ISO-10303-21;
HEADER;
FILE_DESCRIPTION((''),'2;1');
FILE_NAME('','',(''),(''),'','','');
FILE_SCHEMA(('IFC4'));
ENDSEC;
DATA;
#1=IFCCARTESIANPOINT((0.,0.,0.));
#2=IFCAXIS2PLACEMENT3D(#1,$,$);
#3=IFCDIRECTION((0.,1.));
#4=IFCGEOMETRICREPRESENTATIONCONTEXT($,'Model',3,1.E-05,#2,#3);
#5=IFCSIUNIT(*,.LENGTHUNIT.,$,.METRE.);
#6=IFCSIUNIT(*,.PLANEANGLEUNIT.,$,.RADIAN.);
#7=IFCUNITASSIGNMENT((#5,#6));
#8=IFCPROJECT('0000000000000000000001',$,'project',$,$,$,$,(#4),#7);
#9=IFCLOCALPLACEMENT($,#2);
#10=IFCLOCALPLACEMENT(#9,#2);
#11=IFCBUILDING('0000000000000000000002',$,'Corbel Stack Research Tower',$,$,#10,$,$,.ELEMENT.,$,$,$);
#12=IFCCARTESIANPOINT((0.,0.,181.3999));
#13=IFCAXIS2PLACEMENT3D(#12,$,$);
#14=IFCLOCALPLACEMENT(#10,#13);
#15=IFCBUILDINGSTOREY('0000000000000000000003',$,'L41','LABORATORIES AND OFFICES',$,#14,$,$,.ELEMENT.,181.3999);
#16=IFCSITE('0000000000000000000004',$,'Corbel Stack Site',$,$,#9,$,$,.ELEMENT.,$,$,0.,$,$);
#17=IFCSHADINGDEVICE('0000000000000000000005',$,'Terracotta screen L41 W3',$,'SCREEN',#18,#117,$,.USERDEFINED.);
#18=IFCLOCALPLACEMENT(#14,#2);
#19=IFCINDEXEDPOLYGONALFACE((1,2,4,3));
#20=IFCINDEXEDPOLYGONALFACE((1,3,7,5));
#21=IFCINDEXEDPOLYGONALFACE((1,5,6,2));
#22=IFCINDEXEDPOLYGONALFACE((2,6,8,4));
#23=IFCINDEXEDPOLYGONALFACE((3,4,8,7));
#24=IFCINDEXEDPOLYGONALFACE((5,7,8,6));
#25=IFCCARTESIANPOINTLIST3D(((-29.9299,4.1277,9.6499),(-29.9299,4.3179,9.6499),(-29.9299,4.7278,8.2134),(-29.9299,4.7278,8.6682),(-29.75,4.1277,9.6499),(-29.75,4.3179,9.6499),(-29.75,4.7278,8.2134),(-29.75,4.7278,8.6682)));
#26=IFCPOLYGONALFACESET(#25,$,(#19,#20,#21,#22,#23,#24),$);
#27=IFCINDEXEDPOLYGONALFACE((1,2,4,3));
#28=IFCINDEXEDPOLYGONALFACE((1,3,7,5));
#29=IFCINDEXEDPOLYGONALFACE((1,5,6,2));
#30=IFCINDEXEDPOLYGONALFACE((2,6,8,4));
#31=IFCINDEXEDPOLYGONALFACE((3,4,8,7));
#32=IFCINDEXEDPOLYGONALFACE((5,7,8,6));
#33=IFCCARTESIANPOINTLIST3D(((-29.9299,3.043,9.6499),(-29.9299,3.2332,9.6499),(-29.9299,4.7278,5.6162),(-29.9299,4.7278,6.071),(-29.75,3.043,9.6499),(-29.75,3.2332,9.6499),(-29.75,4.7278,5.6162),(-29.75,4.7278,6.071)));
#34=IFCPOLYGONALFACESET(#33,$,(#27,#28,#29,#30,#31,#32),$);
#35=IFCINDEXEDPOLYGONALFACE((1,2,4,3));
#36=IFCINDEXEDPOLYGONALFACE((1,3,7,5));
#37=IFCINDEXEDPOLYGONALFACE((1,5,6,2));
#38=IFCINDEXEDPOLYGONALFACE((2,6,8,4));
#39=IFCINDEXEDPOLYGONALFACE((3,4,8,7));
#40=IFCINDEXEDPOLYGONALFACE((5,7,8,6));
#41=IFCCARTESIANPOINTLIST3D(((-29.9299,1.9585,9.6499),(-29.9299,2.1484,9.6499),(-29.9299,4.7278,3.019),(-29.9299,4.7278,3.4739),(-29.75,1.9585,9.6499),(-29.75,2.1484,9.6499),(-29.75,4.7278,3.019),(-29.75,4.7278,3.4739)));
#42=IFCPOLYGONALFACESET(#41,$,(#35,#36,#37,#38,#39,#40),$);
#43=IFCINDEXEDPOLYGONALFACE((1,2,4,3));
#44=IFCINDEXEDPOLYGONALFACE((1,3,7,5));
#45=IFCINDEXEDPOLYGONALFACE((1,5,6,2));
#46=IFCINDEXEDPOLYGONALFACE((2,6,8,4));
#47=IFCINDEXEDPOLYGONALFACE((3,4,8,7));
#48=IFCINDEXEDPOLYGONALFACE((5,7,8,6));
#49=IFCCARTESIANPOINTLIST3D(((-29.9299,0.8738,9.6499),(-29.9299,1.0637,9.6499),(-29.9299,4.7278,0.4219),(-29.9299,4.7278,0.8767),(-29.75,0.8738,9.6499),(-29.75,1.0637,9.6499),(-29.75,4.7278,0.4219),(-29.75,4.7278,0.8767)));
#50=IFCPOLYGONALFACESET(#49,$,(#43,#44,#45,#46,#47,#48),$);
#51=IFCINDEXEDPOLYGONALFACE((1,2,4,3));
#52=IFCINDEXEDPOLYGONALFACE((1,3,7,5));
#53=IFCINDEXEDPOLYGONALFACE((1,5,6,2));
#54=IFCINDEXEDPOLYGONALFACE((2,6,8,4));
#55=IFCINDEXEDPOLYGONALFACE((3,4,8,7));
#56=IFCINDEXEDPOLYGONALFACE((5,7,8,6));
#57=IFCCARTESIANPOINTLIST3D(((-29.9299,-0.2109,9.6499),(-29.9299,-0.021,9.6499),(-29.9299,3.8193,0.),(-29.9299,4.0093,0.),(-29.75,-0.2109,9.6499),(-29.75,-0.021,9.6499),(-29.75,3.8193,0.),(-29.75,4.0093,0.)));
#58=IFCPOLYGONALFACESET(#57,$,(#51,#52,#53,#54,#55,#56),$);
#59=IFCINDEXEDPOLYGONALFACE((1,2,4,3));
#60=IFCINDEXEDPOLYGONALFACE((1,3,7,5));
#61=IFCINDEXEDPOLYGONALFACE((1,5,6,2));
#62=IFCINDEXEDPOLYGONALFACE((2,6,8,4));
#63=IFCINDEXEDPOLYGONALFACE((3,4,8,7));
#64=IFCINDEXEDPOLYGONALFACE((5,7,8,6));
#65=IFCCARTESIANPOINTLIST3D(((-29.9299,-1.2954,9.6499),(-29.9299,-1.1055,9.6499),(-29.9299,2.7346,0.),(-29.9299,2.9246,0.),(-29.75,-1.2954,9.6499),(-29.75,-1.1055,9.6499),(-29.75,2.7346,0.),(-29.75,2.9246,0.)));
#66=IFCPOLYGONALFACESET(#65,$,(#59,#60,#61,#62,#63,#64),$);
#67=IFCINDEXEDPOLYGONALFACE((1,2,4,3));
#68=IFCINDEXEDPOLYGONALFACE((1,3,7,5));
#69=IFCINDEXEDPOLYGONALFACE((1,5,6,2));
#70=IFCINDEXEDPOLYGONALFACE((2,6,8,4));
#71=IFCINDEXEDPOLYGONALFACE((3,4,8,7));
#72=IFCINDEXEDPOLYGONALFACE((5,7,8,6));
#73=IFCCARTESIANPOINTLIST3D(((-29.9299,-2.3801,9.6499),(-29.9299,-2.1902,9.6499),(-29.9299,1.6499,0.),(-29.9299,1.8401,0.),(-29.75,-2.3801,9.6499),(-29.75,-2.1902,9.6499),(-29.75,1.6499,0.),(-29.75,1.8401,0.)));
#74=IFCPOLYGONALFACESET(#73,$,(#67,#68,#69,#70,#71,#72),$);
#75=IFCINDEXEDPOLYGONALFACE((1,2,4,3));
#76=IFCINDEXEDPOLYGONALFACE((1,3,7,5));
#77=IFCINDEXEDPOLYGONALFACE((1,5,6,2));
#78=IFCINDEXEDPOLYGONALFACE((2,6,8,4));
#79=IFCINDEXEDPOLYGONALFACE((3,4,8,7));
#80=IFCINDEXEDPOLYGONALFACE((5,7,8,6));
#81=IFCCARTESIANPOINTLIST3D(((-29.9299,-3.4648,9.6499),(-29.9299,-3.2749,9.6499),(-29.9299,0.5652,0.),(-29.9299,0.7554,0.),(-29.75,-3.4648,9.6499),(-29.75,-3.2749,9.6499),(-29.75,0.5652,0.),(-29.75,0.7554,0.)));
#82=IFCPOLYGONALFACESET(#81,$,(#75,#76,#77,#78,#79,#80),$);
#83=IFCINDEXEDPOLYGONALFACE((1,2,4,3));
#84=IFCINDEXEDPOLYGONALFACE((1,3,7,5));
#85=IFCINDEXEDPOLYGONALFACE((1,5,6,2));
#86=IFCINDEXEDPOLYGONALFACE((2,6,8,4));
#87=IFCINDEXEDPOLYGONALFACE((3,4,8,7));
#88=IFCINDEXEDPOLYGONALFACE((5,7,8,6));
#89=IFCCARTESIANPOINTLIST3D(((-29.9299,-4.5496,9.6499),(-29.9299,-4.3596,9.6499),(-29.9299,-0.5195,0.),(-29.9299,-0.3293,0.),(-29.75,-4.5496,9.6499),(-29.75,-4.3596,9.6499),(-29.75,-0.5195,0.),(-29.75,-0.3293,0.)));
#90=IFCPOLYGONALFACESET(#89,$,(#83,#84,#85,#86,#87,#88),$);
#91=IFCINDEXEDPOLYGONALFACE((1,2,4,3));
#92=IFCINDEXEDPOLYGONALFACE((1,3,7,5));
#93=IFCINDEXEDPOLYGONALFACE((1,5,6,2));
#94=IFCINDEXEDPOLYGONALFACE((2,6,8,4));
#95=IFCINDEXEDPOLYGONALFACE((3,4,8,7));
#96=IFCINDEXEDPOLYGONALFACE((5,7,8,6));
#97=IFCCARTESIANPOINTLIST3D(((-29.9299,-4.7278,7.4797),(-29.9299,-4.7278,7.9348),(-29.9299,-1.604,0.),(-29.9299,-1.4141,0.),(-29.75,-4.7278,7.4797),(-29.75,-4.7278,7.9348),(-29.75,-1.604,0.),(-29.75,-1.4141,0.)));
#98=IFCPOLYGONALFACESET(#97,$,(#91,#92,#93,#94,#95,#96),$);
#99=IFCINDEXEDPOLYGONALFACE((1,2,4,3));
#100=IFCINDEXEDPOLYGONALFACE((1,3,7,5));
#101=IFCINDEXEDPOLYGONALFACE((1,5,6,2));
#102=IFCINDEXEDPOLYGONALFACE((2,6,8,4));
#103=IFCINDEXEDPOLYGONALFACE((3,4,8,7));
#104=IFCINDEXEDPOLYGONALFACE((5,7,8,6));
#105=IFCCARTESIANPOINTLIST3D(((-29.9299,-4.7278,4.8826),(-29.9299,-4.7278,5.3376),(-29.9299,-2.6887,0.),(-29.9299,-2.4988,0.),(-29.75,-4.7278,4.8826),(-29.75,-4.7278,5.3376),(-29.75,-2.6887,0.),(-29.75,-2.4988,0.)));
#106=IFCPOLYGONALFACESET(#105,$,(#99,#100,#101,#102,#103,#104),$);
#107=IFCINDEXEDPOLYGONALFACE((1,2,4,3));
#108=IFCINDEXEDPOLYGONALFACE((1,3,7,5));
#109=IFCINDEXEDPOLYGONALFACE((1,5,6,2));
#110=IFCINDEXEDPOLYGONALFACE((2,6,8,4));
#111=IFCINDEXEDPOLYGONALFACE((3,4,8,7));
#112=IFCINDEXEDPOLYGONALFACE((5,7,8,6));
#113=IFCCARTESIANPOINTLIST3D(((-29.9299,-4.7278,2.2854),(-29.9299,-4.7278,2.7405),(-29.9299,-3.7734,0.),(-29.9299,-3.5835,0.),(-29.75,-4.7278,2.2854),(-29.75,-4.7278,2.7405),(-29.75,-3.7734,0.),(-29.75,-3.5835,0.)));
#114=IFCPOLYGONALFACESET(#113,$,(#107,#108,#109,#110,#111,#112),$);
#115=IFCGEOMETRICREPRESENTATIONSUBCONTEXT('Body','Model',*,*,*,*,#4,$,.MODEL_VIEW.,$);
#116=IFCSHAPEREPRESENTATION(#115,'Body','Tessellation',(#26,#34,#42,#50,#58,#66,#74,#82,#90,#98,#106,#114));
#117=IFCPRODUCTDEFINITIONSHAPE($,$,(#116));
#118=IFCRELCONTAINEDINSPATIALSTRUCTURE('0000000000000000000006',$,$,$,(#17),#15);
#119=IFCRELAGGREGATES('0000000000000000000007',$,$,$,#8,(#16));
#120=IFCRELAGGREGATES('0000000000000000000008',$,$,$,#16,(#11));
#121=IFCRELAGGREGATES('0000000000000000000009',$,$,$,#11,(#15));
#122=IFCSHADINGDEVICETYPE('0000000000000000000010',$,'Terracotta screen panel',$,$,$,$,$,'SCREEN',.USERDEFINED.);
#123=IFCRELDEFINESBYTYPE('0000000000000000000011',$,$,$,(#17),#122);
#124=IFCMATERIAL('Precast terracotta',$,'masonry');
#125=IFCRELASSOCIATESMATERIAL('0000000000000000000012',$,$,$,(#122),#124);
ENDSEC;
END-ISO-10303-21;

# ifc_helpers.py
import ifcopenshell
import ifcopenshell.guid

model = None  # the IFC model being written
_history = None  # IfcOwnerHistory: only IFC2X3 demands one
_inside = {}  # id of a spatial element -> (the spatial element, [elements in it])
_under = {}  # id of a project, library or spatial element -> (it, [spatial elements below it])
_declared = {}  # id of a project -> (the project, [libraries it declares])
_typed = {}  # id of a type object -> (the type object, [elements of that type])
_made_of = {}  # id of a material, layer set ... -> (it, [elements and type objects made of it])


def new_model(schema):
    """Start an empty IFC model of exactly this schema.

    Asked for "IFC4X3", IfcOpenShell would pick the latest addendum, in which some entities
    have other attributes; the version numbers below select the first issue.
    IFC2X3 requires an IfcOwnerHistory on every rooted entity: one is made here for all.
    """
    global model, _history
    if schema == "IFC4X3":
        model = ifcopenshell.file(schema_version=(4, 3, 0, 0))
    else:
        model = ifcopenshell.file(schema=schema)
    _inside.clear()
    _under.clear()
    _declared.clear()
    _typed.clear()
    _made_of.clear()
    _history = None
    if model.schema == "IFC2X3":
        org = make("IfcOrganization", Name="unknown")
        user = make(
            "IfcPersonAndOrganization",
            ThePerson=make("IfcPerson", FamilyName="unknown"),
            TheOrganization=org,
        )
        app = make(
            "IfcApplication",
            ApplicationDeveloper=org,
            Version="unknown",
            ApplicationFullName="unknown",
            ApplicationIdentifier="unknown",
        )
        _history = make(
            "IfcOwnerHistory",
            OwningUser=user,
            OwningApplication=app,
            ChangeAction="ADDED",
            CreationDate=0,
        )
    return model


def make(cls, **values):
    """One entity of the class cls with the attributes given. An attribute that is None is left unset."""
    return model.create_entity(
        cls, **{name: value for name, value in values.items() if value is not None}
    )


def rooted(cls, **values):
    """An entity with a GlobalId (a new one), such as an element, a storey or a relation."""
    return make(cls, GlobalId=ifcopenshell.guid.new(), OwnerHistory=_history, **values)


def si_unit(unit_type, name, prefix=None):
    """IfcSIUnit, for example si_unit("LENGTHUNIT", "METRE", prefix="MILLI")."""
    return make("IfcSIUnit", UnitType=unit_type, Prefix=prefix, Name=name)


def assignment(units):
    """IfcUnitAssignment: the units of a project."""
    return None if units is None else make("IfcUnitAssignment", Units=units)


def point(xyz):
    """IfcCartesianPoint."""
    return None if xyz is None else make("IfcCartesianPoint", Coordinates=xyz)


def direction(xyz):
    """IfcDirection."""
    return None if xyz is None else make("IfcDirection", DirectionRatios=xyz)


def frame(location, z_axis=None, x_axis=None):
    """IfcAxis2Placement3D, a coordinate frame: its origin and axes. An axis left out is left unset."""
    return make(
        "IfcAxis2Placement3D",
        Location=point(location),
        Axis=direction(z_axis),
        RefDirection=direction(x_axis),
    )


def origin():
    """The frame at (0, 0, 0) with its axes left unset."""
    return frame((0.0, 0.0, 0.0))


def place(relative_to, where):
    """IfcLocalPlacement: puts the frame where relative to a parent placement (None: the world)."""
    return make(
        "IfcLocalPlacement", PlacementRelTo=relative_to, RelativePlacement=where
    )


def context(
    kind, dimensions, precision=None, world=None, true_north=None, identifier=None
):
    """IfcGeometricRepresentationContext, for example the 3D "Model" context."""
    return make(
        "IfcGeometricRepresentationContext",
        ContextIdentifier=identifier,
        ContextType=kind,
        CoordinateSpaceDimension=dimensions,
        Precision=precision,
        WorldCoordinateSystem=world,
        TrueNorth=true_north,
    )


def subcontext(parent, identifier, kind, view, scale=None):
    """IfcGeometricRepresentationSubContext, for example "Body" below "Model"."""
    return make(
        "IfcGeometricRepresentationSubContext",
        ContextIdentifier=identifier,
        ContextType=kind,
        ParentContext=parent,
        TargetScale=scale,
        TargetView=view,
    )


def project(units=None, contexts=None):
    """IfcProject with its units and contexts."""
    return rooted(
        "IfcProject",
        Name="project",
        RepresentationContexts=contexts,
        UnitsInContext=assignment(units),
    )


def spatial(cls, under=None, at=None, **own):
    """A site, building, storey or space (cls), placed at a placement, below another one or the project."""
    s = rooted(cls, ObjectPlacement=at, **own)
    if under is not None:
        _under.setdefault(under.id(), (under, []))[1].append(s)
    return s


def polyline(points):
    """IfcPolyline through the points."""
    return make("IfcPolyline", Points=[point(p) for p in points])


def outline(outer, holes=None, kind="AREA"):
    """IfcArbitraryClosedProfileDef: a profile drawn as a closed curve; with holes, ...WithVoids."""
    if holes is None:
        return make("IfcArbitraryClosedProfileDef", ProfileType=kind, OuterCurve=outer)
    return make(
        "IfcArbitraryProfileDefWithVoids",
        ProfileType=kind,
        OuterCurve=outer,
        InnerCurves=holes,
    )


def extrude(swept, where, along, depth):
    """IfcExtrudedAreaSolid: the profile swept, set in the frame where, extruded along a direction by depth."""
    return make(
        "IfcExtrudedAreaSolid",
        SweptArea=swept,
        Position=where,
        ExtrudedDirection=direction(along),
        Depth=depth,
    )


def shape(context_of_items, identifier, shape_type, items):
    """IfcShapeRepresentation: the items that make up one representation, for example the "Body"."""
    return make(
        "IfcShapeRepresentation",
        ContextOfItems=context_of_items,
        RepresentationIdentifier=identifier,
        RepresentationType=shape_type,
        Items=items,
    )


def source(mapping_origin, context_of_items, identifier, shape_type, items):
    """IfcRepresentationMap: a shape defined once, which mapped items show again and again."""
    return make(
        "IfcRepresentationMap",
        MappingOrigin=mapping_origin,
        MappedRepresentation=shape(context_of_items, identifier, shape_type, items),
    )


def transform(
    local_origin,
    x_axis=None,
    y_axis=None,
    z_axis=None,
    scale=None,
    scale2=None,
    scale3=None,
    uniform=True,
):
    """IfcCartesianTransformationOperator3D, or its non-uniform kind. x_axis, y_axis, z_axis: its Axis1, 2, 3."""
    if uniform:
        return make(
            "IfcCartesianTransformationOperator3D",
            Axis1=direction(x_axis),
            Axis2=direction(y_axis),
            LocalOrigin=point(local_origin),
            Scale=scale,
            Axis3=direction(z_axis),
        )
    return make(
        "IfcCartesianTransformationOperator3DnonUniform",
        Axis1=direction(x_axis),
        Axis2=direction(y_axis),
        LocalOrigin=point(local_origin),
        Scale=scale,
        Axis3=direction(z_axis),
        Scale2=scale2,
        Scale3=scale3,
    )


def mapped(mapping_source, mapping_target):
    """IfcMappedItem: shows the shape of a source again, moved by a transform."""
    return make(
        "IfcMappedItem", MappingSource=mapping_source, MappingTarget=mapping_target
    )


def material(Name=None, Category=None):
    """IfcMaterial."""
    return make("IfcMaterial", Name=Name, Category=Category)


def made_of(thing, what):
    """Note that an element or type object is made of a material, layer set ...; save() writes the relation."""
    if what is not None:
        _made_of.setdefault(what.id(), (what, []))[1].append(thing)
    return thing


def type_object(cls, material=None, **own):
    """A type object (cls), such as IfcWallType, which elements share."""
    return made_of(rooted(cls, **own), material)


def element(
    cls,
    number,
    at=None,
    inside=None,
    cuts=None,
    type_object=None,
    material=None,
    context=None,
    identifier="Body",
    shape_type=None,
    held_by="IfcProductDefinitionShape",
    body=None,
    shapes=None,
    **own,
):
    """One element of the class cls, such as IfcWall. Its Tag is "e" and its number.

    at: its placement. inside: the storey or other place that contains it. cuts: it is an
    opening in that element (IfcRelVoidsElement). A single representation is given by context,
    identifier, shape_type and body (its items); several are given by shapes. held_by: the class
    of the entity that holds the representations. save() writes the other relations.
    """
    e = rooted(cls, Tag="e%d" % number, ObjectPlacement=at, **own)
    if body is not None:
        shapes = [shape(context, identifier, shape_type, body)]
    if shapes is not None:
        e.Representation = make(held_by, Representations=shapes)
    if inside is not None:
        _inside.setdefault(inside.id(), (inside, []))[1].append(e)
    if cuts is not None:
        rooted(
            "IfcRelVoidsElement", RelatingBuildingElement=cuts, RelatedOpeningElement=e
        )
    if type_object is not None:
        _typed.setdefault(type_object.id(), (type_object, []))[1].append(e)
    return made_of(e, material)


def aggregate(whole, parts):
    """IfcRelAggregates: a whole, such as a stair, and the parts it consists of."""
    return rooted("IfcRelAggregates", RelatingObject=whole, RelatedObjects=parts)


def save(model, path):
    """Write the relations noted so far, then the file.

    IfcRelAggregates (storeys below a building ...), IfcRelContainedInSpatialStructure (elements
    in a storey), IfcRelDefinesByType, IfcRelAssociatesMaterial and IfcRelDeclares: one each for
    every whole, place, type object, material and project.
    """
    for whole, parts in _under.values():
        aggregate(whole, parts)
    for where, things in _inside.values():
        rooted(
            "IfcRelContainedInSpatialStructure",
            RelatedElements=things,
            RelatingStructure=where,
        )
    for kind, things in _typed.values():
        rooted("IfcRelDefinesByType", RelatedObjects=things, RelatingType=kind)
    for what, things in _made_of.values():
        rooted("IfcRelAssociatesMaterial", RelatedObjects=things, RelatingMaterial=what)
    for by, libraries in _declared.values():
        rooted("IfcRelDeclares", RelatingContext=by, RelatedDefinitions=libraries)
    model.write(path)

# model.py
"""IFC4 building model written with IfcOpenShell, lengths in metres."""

from ifc_helpers import new_model, si_unit, direction, frame, origin, place, context, subcontext, project, spatial, polyline, outline, extrude, source, transform, mapped, material, type_object, element, save


model = new_model("IFC4")

# Units and contexts
model_context = context("Model", 3, precision=1e-05, world=origin(), true_north=direction((0.0, 1.0)))
body_context = subcontext(model_context, "Body", "Model", "MODEL_VIEW")
ifc_project = project(units=[si_unit("LENGTHUNIT", "METRE"), si_unit("PLANEANGLEUNIT", "RADIAN")], contexts=[model_context])

# Site, building, storey
site_placement = place(None, origin())
site = spatial("IfcSite", under=ifc_project, at=site_placement, Name="Corbel Stack Site", CompositionType="ELEMENT", RefElevation=0.0)
building_placement = place(site_placement, origin())
building = spatial("IfcBuilding", under=site, at=building_placement, Name="Corbel Stack Research Tower", CompositionType="ELEMENT")
storey_placement = place(building_placement, frame((0.0, 0.0, 181.3999)))
storey = spatial("IfcBuildingStorey", under=building, at=storey_placement, Name="L41", Description="LABORATORIES AND OFFICES", CompositionType="ELEMENT", Elevation=181.3999)

# Shading device
ifc_material_1 = material(Name="Precast terracotta", Category="masonry")
shading_device_type = type_object("IfcShadingDeviceType", Name="Terracotta screen panel", ElementType="SCREEN", PredefinedType="USERDEFINED", material=ifc_material_1)
shared_shape_1 = source(origin(), body_context, "Body", "SweptSolid", [
    extrude(outline(polyline([(0.6001, 9.6499), (0.4099, 9.6499), (0.0, 8.6682), (0.0, 8.2134), (0.6001, 9.6499)])), frame((0.0, 0.0, 0.0), z_axis=(0.0, -1.0, 0.0), x_axis=(1.0, 0.0, 0.0)), (0.0, 0.0, 1.0), 0.1799),
    extrude(outline(polyline([(1.6848, 9.6499), (1.4946, 9.6499), (0.0, 6.071), (0.0, 5.6162), (1.6848, 9.6499)])), frame((0.0, 0.0, 0.0), z_axis=(0.0, -1.0, 0.0), x_axis=(1.0, 0.0, 0.0)), (0.0, 0.0, 1.0), 0.1799),
    extrude(outline(polyline([(2.7693, 9.6499), (2.5793, 9.6499), (0.0, 3.4739), (0.0, 3.019), (2.7693, 9.6499)])), frame((0.0, 0.0, 0.0), z_axis=(0.0, -1.0, 0.0), x_axis=(1.0, 0.0, 0.0)), (0.0, 0.0, 1.0), 0.1799),
    extrude(outline(polyline([(3.854, 9.6499), (3.6641, 9.6499), (0.0, 0.8767), (0.0, 0.4219), (3.854, 9.6499)])), frame((0.0, 0.0, 0.0), z_axis=(0.0, -1.0, 0.0), x_axis=(1.0, 0.0, 0.0)), (0.0, 0.0, 1.0), 0.1799),
    extrude(outline(polyline([(0.9084, 0.0), (4.9387, 9.6499), (4.7488, 9.6499), (0.7185, 0.0), (0.9084, 0.0)])), frame((0.0, 0.0, 0.0), z_axis=(0.0, -1.0, 0.0), x_axis=(1.0, 0.0, 0.0)), (0.0, 0.0, 1.0), 0.1799),
    extrude(outline(polyline([(1.9932, 0.0), (6.0232, 9.6499), (5.8333, 9.6499), (1.8032, 0.0), (1.9932, 0.0)])), frame((0.0, 0.0, 0.0), z_axis=(0.0, -1.0, 0.0), x_axis=(1.0, 0.0, 0.0)), (0.0, 0.0, 1.0), 0.1799),
    extrude(outline(polyline([(3.0779, 0.0), (7.1079, 9.6499), (6.918, 9.6499), (2.8877, 0.0), (3.0779, 0.0)])), frame((0.0, 0.0, 0.0), z_axis=(0.0, -1.0, 0.0), x_axis=(1.0, 0.0, 0.0)), (0.0, 0.0, 1.0), 0.1799),
    extrude(outline(polyline([(4.1626, 0.0), (8.1926, 9.6499), (8.0027, 9.6499), (3.9724, 0.0), (4.1626, 0.0)])), frame((0.0, 0.0, 0.0), z_axis=(0.0, -1.0, 0.0), x_axis=(1.0, 0.0, 0.0)), (0.0, 0.0, 1.0), 0.1799),
    extrude(outline(polyline([(5.2473, 0.0), (9.2773, 9.6499), (9.0874, 9.6499), (5.0571, 0.0), (5.2473, 0.0)])), frame((0.0, 0.0, 0.0), z_axis=(0.0, -1.0, 0.0), x_axis=(1.0, 0.0, 0.0)), (0.0, 0.0, 1.0), 0.1799),
    extrude(outline(polyline([(6.3318, 0.0), (9.4556, 7.4797), (9.4556, 7.9348), (6.1418, 0.0), (6.3318, 0.0)])), frame((0.0, 0.0, 0.0), z_axis=(0.0, -1.0, 0.0), x_axis=(1.0, 0.0, 0.0)), (0.0, 0.0, 1.0), 0.1799),
    extrude(outline(polyline([(7.4165, 0.0), (9.4556, 4.8826), (9.4556, 5.3376), (7.2266, 0.0), (7.4165, 0.0)])), frame((0.0, 0.0, 0.0), z_axis=(0.0, -1.0, 0.0), x_axis=(1.0, 0.0, 0.0)), (0.0, 0.0, 1.0), 0.1799),
    extrude(outline(polyline([(8.5012, 0.0), (9.4556, 2.2854), (9.4556, 2.7405), (8.3113, 0.0), (8.5012, 0.0)])), frame((0.0, 0.0, 0.0), z_axis=(0.0, -1.0, 0.0), x_axis=(1.0, 0.0, 0.0)), (0.0, 0.0, 1.0), 0.1799),
])
shading_device_1_placement = place(storey_placement, frame((-29.75, 4.7278, 0.0), z_axis=(0.0, 0.0, 1.0), x_axis=(0.0, -1.0, 0.0)))
element("IfcShadingDevice", 1, at=shading_device_1_placement, inside=storey, type_object=shading_device_type, Name="Terracotta screen L41 W3", ObjectType="SCREEN", PredefinedType="USERDEFINED", context=body_context, shape_type="MappedRepresentation", body=[
    mapped(shared_shape_1, transform((0.0, 0.0, 0.0))),
])

save(model, "model.ifc")
